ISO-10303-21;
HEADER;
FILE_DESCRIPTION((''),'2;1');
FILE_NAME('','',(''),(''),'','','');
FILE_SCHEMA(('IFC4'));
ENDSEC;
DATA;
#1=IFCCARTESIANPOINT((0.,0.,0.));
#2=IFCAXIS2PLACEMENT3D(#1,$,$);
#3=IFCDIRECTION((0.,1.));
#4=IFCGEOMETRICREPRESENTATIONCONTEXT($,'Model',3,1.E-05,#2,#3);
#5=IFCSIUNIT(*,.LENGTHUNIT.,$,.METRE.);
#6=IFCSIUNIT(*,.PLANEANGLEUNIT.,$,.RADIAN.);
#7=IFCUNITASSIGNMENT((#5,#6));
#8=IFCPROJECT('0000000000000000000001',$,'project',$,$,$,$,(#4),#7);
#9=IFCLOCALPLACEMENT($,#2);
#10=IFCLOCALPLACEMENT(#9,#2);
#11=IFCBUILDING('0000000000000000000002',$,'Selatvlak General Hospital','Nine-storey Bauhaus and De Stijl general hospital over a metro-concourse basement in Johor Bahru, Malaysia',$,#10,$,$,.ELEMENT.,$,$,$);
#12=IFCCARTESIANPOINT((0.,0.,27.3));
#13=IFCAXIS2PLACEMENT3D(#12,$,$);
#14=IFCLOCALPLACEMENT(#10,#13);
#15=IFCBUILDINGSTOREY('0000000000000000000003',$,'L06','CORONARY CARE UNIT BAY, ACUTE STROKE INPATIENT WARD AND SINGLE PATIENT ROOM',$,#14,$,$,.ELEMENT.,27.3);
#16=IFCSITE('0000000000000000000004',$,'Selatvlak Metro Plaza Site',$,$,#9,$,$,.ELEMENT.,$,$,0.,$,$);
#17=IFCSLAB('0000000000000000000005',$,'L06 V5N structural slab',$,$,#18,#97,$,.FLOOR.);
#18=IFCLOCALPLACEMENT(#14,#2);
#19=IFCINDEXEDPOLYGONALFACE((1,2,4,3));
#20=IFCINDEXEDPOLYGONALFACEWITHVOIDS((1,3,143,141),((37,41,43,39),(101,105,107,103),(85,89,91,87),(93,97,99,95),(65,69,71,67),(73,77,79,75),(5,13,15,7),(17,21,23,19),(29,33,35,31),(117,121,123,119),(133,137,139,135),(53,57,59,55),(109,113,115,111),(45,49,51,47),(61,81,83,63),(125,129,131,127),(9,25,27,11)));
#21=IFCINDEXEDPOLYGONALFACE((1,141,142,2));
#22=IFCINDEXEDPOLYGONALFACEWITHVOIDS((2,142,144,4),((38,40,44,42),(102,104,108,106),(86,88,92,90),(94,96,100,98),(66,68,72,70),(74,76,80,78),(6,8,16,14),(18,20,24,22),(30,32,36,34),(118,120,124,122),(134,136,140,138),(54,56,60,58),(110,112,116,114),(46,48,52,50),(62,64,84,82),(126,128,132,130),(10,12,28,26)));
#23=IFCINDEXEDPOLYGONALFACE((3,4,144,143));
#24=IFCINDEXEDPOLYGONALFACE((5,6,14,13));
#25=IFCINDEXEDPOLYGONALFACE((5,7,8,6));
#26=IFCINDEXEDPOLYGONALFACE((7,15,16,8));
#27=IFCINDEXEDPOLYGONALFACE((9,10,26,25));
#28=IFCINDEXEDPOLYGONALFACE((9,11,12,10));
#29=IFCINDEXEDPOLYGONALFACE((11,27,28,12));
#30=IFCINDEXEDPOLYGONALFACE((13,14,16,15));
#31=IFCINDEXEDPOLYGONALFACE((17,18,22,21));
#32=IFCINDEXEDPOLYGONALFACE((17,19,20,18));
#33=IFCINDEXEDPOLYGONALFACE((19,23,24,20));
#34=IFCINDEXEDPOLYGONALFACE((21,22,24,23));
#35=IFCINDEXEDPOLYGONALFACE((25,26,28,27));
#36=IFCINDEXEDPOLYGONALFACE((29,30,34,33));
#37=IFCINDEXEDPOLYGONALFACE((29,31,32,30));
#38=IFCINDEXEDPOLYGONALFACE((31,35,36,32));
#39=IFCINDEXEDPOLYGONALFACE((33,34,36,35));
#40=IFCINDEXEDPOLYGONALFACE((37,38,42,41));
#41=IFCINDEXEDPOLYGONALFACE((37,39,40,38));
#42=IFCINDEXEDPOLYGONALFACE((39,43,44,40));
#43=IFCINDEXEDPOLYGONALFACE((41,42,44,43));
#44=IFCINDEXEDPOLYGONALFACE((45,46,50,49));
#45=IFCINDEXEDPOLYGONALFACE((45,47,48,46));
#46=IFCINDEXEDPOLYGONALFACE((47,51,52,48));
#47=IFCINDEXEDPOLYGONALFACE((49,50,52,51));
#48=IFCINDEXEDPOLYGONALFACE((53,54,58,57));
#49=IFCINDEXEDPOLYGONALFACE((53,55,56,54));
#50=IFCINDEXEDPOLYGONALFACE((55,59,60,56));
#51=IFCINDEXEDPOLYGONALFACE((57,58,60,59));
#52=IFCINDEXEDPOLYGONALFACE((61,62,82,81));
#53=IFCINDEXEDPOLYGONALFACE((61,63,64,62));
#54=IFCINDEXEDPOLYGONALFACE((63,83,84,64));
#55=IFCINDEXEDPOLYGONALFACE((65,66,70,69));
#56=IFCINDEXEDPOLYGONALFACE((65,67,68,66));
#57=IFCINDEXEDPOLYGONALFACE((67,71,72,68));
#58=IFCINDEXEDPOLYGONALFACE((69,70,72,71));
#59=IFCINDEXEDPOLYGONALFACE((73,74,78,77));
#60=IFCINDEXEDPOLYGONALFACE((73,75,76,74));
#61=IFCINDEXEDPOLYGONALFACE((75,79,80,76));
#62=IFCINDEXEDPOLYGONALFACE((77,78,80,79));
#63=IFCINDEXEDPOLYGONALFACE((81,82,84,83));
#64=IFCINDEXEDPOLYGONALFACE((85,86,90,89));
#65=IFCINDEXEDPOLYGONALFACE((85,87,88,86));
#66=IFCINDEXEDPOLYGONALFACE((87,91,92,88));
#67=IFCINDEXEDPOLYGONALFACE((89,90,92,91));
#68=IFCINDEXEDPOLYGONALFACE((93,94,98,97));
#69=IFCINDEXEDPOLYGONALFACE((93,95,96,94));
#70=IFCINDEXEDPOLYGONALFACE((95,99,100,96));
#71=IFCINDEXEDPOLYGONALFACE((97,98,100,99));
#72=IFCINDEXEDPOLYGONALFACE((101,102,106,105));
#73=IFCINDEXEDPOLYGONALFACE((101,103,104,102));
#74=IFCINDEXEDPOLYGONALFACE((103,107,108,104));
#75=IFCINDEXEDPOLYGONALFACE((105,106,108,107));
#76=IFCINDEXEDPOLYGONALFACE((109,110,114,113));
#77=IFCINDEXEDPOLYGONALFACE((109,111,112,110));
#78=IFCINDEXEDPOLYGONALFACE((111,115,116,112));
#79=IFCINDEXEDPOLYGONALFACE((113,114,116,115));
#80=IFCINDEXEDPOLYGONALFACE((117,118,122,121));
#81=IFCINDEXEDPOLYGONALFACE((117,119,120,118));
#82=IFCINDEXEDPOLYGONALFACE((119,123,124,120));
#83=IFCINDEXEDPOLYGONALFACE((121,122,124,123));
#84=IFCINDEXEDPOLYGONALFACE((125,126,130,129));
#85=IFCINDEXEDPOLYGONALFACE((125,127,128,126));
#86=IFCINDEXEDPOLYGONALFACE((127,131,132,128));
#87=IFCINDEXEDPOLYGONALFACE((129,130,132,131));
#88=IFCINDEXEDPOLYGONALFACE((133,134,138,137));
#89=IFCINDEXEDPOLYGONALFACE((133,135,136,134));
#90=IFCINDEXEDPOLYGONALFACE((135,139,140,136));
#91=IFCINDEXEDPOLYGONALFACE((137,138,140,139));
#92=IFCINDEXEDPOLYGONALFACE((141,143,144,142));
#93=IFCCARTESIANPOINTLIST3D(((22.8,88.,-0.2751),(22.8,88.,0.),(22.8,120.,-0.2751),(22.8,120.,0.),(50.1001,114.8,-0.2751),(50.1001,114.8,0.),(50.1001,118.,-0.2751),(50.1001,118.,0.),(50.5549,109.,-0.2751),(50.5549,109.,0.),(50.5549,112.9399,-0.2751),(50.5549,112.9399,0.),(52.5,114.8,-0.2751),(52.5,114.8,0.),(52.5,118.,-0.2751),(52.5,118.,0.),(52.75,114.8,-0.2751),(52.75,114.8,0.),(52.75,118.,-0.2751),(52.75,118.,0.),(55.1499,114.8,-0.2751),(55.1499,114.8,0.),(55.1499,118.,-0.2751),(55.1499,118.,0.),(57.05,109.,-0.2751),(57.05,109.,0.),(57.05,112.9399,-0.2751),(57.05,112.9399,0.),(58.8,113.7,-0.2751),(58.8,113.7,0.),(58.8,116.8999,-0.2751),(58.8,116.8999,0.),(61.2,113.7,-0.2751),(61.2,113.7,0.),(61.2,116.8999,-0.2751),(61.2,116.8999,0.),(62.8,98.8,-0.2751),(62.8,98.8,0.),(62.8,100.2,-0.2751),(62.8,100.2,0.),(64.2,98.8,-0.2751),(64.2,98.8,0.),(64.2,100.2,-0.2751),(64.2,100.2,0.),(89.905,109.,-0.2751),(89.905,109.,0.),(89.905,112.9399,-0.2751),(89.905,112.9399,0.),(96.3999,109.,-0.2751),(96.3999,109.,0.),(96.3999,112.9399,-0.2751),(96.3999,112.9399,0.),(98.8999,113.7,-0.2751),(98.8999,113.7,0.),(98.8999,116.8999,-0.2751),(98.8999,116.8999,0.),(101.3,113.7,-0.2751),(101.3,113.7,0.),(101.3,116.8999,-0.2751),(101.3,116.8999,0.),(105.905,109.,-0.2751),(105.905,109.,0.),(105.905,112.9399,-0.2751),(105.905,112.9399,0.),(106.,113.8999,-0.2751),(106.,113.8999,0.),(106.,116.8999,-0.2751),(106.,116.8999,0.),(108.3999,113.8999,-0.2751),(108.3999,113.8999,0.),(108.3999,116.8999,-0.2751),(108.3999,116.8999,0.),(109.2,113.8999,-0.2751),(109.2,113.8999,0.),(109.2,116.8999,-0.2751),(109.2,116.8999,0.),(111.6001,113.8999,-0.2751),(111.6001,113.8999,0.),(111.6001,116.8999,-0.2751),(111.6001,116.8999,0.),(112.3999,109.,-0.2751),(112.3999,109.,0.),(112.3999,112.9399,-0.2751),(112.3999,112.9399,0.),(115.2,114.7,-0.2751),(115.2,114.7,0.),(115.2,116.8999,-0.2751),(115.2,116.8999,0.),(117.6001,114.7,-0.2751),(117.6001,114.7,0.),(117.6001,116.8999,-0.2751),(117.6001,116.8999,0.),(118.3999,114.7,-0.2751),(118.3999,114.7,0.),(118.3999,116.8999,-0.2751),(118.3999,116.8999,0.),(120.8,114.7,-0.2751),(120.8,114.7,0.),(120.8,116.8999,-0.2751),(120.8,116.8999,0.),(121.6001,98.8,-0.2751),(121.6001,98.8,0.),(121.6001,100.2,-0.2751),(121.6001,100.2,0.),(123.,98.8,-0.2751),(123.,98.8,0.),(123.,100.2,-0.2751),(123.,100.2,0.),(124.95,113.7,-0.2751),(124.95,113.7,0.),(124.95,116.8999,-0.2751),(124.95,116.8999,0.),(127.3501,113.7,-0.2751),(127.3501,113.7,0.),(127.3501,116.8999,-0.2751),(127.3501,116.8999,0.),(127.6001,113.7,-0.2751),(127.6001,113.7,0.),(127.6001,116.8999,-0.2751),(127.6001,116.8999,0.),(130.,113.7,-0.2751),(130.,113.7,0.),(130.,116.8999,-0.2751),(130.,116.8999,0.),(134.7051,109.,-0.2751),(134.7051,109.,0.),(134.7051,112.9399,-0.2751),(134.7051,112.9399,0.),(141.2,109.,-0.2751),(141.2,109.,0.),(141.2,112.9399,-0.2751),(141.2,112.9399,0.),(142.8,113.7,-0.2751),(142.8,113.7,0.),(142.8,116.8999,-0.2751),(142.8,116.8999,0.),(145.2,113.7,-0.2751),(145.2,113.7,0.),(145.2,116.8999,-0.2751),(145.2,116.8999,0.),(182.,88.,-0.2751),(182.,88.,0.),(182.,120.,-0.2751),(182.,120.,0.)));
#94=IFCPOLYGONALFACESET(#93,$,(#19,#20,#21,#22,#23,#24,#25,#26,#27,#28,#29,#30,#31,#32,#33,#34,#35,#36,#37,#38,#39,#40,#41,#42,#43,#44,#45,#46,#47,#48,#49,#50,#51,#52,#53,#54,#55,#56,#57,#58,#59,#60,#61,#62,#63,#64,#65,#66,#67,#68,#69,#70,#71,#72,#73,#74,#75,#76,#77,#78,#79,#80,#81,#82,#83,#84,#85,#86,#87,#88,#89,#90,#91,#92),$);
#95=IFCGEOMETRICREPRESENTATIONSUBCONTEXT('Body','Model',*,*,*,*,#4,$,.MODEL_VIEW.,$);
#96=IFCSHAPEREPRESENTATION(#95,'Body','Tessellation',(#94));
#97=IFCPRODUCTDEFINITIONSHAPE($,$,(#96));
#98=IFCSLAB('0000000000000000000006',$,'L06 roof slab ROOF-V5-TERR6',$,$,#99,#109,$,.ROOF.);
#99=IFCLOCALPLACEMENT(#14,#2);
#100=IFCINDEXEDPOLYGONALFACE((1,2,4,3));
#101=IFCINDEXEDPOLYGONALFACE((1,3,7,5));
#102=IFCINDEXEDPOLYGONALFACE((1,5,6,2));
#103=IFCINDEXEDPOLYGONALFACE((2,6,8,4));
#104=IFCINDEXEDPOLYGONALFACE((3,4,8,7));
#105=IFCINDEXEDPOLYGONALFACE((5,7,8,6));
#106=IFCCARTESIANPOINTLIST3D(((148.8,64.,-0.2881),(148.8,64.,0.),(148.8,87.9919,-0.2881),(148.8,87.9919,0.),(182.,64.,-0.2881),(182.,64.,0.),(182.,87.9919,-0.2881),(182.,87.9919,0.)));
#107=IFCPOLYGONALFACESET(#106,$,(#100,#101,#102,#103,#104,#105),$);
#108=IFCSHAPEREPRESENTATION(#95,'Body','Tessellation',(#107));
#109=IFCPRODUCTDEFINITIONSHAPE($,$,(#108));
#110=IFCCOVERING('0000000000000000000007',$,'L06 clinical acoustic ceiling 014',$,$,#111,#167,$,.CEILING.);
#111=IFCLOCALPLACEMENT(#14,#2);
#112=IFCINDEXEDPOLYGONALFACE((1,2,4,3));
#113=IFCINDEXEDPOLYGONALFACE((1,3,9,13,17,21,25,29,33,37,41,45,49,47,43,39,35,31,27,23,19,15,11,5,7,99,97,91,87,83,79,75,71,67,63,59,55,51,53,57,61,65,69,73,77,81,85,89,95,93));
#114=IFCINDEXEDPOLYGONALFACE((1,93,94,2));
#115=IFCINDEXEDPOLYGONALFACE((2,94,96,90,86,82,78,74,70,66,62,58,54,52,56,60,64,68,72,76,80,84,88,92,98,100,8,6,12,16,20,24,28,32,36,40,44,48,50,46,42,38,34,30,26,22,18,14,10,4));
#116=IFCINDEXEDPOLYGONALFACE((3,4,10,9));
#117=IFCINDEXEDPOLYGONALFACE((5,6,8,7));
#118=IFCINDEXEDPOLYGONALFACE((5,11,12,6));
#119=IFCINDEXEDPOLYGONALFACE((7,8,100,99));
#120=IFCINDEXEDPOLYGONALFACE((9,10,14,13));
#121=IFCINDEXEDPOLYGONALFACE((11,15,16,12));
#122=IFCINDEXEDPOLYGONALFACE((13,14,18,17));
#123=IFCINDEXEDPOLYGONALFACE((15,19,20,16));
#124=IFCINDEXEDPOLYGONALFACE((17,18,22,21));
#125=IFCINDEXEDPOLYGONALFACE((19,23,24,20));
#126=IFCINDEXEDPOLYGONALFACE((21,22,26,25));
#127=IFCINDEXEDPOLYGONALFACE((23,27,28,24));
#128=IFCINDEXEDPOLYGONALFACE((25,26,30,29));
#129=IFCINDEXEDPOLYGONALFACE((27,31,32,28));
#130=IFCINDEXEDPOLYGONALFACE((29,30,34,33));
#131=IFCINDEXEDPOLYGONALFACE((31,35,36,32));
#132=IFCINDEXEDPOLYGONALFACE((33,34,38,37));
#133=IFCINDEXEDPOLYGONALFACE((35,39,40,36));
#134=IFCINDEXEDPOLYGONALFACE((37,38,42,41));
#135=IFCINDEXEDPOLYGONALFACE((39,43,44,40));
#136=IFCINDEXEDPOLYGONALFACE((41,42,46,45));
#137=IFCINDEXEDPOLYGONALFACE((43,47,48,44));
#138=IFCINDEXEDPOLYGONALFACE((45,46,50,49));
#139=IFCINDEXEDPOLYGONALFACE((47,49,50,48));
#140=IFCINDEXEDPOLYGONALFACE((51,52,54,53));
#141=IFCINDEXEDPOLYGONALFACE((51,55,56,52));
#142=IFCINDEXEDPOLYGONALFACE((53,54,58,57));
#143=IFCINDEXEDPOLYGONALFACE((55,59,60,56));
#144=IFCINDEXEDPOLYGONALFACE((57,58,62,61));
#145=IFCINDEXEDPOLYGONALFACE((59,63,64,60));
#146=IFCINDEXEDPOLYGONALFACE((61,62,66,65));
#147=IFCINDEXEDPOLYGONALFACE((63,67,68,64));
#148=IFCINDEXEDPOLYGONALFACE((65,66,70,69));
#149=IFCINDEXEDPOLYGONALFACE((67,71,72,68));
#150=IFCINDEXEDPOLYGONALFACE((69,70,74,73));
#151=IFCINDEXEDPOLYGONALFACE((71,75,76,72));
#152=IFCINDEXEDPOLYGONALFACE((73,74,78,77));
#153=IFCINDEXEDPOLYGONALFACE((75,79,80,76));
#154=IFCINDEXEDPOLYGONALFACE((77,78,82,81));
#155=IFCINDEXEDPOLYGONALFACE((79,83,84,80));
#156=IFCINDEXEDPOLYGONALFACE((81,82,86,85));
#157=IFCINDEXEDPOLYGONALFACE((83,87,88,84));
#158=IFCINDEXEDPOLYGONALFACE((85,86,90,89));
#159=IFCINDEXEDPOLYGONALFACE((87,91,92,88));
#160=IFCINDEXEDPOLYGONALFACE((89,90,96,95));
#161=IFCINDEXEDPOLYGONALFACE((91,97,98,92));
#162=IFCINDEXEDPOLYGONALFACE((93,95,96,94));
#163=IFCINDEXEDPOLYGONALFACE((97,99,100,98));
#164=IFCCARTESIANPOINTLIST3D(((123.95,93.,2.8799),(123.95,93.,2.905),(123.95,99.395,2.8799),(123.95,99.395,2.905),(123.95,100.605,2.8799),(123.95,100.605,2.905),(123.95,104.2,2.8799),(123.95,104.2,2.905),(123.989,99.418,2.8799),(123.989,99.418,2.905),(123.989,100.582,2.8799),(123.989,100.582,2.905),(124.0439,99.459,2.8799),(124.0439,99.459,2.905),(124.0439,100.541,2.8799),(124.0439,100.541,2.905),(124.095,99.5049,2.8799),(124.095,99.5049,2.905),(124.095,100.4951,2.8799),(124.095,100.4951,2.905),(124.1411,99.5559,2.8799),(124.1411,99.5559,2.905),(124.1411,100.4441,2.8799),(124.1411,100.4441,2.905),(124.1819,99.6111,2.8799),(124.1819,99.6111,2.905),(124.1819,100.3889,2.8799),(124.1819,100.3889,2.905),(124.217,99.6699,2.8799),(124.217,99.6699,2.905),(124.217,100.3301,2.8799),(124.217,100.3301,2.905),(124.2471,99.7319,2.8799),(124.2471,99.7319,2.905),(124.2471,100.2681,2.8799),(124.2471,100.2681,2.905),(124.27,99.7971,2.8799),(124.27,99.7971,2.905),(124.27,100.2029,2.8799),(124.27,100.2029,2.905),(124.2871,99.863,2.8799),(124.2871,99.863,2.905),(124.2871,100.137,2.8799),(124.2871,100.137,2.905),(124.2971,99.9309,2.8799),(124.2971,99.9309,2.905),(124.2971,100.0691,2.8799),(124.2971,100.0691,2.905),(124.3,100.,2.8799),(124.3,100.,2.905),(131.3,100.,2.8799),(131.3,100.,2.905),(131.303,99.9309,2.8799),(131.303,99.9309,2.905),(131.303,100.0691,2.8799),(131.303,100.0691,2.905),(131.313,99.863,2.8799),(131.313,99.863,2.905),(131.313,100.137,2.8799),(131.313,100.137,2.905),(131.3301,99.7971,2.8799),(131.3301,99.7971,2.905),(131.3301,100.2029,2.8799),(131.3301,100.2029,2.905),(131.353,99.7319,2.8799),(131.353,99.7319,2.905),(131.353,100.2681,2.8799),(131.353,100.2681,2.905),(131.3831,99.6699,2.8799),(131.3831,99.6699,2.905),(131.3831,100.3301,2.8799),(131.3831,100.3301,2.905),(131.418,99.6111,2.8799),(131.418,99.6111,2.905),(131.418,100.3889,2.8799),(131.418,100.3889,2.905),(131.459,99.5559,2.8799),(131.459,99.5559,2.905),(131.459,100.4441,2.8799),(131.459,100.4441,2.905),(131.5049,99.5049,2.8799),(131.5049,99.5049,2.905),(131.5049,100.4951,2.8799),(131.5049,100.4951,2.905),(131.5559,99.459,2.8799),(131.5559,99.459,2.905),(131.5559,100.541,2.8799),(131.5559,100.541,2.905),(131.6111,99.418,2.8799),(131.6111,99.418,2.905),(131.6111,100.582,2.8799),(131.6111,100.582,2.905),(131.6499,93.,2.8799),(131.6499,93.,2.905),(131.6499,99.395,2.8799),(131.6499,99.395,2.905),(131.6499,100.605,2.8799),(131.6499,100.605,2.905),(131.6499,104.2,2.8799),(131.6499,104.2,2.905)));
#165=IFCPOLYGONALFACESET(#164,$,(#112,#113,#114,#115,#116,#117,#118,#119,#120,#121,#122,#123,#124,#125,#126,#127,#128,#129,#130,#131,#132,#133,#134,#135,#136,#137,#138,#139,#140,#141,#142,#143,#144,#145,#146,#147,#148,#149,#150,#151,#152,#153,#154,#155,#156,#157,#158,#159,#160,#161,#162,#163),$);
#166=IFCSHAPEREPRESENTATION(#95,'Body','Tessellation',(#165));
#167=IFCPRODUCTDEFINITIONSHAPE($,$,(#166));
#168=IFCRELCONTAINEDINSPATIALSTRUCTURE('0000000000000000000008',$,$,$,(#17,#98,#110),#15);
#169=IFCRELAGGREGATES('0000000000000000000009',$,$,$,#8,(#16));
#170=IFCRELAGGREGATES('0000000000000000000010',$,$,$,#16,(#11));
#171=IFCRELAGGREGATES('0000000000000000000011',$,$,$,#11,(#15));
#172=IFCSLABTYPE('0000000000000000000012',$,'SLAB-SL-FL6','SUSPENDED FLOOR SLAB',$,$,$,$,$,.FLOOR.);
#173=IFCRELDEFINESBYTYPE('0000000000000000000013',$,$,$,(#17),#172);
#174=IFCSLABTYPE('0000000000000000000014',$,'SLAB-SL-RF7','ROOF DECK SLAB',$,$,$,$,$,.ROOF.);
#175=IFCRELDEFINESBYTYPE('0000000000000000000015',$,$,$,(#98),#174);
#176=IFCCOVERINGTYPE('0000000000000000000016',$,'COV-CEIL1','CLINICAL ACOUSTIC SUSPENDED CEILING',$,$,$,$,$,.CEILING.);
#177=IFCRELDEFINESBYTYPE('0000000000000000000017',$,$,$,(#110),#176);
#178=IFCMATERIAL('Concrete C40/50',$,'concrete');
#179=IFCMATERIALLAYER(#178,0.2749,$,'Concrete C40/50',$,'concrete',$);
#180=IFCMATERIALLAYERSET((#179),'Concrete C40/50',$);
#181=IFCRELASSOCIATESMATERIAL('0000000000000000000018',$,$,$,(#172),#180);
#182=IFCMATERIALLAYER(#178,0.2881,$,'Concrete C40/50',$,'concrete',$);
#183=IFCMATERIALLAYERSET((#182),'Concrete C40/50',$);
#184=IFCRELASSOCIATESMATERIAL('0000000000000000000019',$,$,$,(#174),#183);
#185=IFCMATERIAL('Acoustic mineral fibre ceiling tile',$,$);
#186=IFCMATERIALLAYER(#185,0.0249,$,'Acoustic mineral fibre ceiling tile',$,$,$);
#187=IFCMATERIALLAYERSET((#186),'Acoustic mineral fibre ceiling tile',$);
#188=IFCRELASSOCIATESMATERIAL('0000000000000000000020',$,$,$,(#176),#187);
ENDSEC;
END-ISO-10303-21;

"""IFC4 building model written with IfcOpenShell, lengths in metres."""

from ifc_helpers import new_model, si_unit, direction, frame, origin, place, context, subcontext, project, spatial, polyline, outline, extrude, material, layer, layer_set, type_object, element, save


model = new_model("IFC4")

# Units and contexts
model_context = context("Model", 3, precision=1e-05, world=origin(), true_north=direction((0.0, 1.0)))
body_context = subcontext(model_context, "Body", "Model", "MODEL_VIEW")
ifc_project = project(units=[si_unit("LENGTHUNIT", "METRE"), si_unit("PLANEANGLEUNIT", "RADIAN")], contexts=[model_context])

# Site, building, storey
site_placement = place(None, origin())
site = spatial("IfcSite", under=ifc_project, at=site_placement, Name="Selatvlak Metro Plaza Site", CompositionType="ELEMENT", RefElevation=0.0)
building_placement = place(site_placement, origin())
building = spatial("IfcBuilding", under=site, at=building_placement, Name="Selatvlak General Hospital", Description="Nine-storey Bauhaus and De Stijl general hospital over a metro-concourse basement in Johor Bahru, Malaysia", CompositionType="ELEMENT")
storey_placement = place(building_placement, frame((0.0, 0.0, 27.3)))
storey = spatial("IfcBuildingStorey", under=building, at=storey_placement, Name="L06", Description="CORONARY CARE UNIT BAY, ACUTE STROKE INPATIENT WARD AND SINGLE PATIENT ROOM", CompositionType="ELEMENT", Elevation=27.3)

# Shared definitions
ifc_material_1 = material(Name="Concrete C40/50", Category="concrete")

# Slabs
ifc_layer_1 = layer(ifc_material_1, 0.2749, Name="Concrete C40/50", Category="concrete")
ifc_layer_set_1 = layer_set([ifc_layer_1], Name="Concrete C40/50")
slab_type_1 = type_object("IfcSlabType", Name="SLAB-SL-FL6", Description="SUSPENDED FLOOR SLAB", PredefinedType="FLOOR", material=ifc_layer_set_1)
slab_1_placement = place(storey_placement, frame((0.0, 0.0, -0.2751)))
element("IfcSlab", 1, at=slab_1_placement, inside=storey, type_object=slab_type_1, Name="L06 V5N structural slab", PredefinedType="FLOOR", context=body_context, shape_type="SweptSolid", body=[
    extrude(outline(polyline([(22.8, 88.0), (22.8, 120.0), (182.0, 120.0), (182.0, 88.0), (22.8, 88.0)]), holes=[polyline([(57.05, 109.0), (57.05, 112.9399), (50.5549, 112.9399), (50.5549, 109.0), (57.05, 109.0)]), polyline([(89.905, 109.0), (96.3999, 109.0), (96.3999, 112.9399), (89.905, 112.9399), (89.905, 109.0)]), polyline([(105.905, 112.9399), (105.905, 109.0), (112.3999, 109.0), (112.3999, 112.9399), (105.905, 112.9399)]), polyline([(141.2, 112.9399), (134.7051, 112.9399), (134.7051, 109.0), (141.2, 109.0), (141.2, 112.9399)]), polyline([(61.2, 116.8999), (58.8, 116.8999), (58.8, 113.7), (61.2, 113.7), (61.2, 116.8999)]), polyline([(101.3, 113.7), (101.3, 116.8999), (98.8999, 116.8999), (98.8999, 113.7), (101.3, 113.7)]), polyline([(142.8, 113.7), (145.2, 113.7), (145.2, 116.8999), (142.8, 116.8999), (142.8, 113.7)]), polyline([(50.1001, 118.0), (50.1001, 114.8), (52.5, 114.8), (52.5, 118.0), (50.1001, 118.0)]), polyline([(55.1499, 118.0), (52.75, 118.0), (52.75, 114.8), (55.1499, 114.8), (55.1499, 118.0)]), polyline([(127.3501, 113.7), (127.3501, 116.8999), (124.95, 116.8999), (124.95, 113.7), (127.3501, 113.7)]), polyline([(127.6001, 113.7), (130.0, 113.7), (130.0, 116.8999), (127.6001, 116.8999), (127.6001, 113.7)]), polyline([(115.2, 116.8999), (115.2, 114.7), (117.6001, 114.7), (117.6001, 116.8999), (115.2, 116.8999)]), polyline([(120.8, 116.8999), (118.3999, 116.8999), (118.3999, 114.7), (120.8, 114.7), (120.8, 116.8999)]), polyline([(108.3999, 113.8999), (108.3999, 116.8999), (106.0, 116.8999), (106.0, 113.8999), (108.3999, 113.8999)]), polyline([(109.2, 113.8999), (111.6001, 113.8999), (111.6001, 116.8999), (109.2, 116.8999), (109.2, 113.8999)]), polyline([(62.8, 100.2), (62.8, 98.8), (64.2, 98.8), (64.2, 100.2), (62.8, 100.2)]), polyline([(123.0, 100.2), (121.6001, 100.2), (121.6001, 98.8), (123.0, 98.8), (123.0, 100.2)])]), origin(), (0.0, 0.0, 1.0), 0.2751),
])
ifc_layer_2 = layer(ifc_material_1, 0.2881, Name="Concrete C40/50", Category="concrete")
ifc_layer_set_2 = layer_set([ifc_layer_2], Name="Concrete C40/50")
slab_type_2 = type_object("IfcSlabType", Name="SLAB-SL-RF7", Description="ROOF DECK SLAB", PredefinedType="ROOF", material=ifc_layer_set_2)
slab_2_placement = place(storey_placement, frame((0.0, 0.0, -0.2881)))
element("IfcSlab", 2, at=slab_2_placement, inside=storey, type_object=slab_type_2, Name="L06 roof slab ROOF-V5-TERR6", PredefinedType="ROOF", context=body_context, shape_type="SweptSolid", body=[
    extrude(outline(polyline([(182.0, 64.0), (148.8, 64.0), (148.8, 87.9919), (182.0, 87.9919), (182.0, 64.0)])), origin(), (0.0, 0.0, 1.0), 0.2881),
])

# Covering
ifc_material_2 = material(Name="Acoustic mineral fibre ceiling tile")
ifc_layer_3 = layer(ifc_material_2, 0.0249, Name="Acoustic mineral fibre ceiling tile")
ifc_layer_set_3 = layer_set([ifc_layer_3], Name="Acoustic mineral fibre ceiling tile")
covering_type_1 = type_object("IfcCoveringType", Name="COV-CEIL1", Description="CLINICAL ACOUSTIC SUSPENDED CEILING", PredefinedType="CEILING", material=ifc_layer_set_3)
covering_1_placement = place(storey_placement, frame((0.0, 0.0, 2.8799)))
element("IfcCovering", 3, at=covering_1_placement, inside=storey, type_object=covering_type_1, Name="L06 clinical acoustic ceiling 014", PredefinedType="CEILING", context=body_context, shape_type="SweptSolid", body=[
    extrude(outline(polyline([(131.6499, 104.2), (131.6499, 100.605), (131.6111, 100.582), (131.5559, 100.541), (131.5049, 100.4951), (131.459, 100.4441), (131.418, 100.3889), (131.3831, 100.3301), (131.353, 100.2681), (131.3301, 100.2029), (131.313, 100.137), (131.303, 100.0691), (131.3, 100.0), (131.303, 99.9309), (131.313, 99.863), (131.3301, 99.7971), (131.353, 99.7319), (131.3831, 99.6699), (131.418, 99.6111), (131.459, 99.5559), (131.5049, 99.5049), (131.5559, 99.459), (131.6111, 99.418), (131.6499, 99.395), (131.6499, 93.0), (123.95, 93.0), (123.95, 99.395), (123.989, 99.418), (124.0439, 99.459), (124.095, 99.5049), (124.1411, 99.5559), (124.1819, 99.6111), (124.217, 99.6699), (124.2471, 99.7319), (124.27, 99.7971), (124.2871, 99.863), (124.2971, 99.9309), (124.3, 100.0), (124.2971, 100.0691), (124.2871, 100.137), (124.27, 100.2029), (124.2471, 100.2681), (124.217, 100.3301), (124.1819, 100.3889), (124.1411, 100.4441), (124.095, 100.4951), (124.0439, 100.541), (123.989, 100.582), (123.95, 100.605), (123.95, 104.2), (131.6499, 104.2)])), origin(), (0.0, 0.0, 1.0), 0.0251),
])

save(model, "model.ifc")
